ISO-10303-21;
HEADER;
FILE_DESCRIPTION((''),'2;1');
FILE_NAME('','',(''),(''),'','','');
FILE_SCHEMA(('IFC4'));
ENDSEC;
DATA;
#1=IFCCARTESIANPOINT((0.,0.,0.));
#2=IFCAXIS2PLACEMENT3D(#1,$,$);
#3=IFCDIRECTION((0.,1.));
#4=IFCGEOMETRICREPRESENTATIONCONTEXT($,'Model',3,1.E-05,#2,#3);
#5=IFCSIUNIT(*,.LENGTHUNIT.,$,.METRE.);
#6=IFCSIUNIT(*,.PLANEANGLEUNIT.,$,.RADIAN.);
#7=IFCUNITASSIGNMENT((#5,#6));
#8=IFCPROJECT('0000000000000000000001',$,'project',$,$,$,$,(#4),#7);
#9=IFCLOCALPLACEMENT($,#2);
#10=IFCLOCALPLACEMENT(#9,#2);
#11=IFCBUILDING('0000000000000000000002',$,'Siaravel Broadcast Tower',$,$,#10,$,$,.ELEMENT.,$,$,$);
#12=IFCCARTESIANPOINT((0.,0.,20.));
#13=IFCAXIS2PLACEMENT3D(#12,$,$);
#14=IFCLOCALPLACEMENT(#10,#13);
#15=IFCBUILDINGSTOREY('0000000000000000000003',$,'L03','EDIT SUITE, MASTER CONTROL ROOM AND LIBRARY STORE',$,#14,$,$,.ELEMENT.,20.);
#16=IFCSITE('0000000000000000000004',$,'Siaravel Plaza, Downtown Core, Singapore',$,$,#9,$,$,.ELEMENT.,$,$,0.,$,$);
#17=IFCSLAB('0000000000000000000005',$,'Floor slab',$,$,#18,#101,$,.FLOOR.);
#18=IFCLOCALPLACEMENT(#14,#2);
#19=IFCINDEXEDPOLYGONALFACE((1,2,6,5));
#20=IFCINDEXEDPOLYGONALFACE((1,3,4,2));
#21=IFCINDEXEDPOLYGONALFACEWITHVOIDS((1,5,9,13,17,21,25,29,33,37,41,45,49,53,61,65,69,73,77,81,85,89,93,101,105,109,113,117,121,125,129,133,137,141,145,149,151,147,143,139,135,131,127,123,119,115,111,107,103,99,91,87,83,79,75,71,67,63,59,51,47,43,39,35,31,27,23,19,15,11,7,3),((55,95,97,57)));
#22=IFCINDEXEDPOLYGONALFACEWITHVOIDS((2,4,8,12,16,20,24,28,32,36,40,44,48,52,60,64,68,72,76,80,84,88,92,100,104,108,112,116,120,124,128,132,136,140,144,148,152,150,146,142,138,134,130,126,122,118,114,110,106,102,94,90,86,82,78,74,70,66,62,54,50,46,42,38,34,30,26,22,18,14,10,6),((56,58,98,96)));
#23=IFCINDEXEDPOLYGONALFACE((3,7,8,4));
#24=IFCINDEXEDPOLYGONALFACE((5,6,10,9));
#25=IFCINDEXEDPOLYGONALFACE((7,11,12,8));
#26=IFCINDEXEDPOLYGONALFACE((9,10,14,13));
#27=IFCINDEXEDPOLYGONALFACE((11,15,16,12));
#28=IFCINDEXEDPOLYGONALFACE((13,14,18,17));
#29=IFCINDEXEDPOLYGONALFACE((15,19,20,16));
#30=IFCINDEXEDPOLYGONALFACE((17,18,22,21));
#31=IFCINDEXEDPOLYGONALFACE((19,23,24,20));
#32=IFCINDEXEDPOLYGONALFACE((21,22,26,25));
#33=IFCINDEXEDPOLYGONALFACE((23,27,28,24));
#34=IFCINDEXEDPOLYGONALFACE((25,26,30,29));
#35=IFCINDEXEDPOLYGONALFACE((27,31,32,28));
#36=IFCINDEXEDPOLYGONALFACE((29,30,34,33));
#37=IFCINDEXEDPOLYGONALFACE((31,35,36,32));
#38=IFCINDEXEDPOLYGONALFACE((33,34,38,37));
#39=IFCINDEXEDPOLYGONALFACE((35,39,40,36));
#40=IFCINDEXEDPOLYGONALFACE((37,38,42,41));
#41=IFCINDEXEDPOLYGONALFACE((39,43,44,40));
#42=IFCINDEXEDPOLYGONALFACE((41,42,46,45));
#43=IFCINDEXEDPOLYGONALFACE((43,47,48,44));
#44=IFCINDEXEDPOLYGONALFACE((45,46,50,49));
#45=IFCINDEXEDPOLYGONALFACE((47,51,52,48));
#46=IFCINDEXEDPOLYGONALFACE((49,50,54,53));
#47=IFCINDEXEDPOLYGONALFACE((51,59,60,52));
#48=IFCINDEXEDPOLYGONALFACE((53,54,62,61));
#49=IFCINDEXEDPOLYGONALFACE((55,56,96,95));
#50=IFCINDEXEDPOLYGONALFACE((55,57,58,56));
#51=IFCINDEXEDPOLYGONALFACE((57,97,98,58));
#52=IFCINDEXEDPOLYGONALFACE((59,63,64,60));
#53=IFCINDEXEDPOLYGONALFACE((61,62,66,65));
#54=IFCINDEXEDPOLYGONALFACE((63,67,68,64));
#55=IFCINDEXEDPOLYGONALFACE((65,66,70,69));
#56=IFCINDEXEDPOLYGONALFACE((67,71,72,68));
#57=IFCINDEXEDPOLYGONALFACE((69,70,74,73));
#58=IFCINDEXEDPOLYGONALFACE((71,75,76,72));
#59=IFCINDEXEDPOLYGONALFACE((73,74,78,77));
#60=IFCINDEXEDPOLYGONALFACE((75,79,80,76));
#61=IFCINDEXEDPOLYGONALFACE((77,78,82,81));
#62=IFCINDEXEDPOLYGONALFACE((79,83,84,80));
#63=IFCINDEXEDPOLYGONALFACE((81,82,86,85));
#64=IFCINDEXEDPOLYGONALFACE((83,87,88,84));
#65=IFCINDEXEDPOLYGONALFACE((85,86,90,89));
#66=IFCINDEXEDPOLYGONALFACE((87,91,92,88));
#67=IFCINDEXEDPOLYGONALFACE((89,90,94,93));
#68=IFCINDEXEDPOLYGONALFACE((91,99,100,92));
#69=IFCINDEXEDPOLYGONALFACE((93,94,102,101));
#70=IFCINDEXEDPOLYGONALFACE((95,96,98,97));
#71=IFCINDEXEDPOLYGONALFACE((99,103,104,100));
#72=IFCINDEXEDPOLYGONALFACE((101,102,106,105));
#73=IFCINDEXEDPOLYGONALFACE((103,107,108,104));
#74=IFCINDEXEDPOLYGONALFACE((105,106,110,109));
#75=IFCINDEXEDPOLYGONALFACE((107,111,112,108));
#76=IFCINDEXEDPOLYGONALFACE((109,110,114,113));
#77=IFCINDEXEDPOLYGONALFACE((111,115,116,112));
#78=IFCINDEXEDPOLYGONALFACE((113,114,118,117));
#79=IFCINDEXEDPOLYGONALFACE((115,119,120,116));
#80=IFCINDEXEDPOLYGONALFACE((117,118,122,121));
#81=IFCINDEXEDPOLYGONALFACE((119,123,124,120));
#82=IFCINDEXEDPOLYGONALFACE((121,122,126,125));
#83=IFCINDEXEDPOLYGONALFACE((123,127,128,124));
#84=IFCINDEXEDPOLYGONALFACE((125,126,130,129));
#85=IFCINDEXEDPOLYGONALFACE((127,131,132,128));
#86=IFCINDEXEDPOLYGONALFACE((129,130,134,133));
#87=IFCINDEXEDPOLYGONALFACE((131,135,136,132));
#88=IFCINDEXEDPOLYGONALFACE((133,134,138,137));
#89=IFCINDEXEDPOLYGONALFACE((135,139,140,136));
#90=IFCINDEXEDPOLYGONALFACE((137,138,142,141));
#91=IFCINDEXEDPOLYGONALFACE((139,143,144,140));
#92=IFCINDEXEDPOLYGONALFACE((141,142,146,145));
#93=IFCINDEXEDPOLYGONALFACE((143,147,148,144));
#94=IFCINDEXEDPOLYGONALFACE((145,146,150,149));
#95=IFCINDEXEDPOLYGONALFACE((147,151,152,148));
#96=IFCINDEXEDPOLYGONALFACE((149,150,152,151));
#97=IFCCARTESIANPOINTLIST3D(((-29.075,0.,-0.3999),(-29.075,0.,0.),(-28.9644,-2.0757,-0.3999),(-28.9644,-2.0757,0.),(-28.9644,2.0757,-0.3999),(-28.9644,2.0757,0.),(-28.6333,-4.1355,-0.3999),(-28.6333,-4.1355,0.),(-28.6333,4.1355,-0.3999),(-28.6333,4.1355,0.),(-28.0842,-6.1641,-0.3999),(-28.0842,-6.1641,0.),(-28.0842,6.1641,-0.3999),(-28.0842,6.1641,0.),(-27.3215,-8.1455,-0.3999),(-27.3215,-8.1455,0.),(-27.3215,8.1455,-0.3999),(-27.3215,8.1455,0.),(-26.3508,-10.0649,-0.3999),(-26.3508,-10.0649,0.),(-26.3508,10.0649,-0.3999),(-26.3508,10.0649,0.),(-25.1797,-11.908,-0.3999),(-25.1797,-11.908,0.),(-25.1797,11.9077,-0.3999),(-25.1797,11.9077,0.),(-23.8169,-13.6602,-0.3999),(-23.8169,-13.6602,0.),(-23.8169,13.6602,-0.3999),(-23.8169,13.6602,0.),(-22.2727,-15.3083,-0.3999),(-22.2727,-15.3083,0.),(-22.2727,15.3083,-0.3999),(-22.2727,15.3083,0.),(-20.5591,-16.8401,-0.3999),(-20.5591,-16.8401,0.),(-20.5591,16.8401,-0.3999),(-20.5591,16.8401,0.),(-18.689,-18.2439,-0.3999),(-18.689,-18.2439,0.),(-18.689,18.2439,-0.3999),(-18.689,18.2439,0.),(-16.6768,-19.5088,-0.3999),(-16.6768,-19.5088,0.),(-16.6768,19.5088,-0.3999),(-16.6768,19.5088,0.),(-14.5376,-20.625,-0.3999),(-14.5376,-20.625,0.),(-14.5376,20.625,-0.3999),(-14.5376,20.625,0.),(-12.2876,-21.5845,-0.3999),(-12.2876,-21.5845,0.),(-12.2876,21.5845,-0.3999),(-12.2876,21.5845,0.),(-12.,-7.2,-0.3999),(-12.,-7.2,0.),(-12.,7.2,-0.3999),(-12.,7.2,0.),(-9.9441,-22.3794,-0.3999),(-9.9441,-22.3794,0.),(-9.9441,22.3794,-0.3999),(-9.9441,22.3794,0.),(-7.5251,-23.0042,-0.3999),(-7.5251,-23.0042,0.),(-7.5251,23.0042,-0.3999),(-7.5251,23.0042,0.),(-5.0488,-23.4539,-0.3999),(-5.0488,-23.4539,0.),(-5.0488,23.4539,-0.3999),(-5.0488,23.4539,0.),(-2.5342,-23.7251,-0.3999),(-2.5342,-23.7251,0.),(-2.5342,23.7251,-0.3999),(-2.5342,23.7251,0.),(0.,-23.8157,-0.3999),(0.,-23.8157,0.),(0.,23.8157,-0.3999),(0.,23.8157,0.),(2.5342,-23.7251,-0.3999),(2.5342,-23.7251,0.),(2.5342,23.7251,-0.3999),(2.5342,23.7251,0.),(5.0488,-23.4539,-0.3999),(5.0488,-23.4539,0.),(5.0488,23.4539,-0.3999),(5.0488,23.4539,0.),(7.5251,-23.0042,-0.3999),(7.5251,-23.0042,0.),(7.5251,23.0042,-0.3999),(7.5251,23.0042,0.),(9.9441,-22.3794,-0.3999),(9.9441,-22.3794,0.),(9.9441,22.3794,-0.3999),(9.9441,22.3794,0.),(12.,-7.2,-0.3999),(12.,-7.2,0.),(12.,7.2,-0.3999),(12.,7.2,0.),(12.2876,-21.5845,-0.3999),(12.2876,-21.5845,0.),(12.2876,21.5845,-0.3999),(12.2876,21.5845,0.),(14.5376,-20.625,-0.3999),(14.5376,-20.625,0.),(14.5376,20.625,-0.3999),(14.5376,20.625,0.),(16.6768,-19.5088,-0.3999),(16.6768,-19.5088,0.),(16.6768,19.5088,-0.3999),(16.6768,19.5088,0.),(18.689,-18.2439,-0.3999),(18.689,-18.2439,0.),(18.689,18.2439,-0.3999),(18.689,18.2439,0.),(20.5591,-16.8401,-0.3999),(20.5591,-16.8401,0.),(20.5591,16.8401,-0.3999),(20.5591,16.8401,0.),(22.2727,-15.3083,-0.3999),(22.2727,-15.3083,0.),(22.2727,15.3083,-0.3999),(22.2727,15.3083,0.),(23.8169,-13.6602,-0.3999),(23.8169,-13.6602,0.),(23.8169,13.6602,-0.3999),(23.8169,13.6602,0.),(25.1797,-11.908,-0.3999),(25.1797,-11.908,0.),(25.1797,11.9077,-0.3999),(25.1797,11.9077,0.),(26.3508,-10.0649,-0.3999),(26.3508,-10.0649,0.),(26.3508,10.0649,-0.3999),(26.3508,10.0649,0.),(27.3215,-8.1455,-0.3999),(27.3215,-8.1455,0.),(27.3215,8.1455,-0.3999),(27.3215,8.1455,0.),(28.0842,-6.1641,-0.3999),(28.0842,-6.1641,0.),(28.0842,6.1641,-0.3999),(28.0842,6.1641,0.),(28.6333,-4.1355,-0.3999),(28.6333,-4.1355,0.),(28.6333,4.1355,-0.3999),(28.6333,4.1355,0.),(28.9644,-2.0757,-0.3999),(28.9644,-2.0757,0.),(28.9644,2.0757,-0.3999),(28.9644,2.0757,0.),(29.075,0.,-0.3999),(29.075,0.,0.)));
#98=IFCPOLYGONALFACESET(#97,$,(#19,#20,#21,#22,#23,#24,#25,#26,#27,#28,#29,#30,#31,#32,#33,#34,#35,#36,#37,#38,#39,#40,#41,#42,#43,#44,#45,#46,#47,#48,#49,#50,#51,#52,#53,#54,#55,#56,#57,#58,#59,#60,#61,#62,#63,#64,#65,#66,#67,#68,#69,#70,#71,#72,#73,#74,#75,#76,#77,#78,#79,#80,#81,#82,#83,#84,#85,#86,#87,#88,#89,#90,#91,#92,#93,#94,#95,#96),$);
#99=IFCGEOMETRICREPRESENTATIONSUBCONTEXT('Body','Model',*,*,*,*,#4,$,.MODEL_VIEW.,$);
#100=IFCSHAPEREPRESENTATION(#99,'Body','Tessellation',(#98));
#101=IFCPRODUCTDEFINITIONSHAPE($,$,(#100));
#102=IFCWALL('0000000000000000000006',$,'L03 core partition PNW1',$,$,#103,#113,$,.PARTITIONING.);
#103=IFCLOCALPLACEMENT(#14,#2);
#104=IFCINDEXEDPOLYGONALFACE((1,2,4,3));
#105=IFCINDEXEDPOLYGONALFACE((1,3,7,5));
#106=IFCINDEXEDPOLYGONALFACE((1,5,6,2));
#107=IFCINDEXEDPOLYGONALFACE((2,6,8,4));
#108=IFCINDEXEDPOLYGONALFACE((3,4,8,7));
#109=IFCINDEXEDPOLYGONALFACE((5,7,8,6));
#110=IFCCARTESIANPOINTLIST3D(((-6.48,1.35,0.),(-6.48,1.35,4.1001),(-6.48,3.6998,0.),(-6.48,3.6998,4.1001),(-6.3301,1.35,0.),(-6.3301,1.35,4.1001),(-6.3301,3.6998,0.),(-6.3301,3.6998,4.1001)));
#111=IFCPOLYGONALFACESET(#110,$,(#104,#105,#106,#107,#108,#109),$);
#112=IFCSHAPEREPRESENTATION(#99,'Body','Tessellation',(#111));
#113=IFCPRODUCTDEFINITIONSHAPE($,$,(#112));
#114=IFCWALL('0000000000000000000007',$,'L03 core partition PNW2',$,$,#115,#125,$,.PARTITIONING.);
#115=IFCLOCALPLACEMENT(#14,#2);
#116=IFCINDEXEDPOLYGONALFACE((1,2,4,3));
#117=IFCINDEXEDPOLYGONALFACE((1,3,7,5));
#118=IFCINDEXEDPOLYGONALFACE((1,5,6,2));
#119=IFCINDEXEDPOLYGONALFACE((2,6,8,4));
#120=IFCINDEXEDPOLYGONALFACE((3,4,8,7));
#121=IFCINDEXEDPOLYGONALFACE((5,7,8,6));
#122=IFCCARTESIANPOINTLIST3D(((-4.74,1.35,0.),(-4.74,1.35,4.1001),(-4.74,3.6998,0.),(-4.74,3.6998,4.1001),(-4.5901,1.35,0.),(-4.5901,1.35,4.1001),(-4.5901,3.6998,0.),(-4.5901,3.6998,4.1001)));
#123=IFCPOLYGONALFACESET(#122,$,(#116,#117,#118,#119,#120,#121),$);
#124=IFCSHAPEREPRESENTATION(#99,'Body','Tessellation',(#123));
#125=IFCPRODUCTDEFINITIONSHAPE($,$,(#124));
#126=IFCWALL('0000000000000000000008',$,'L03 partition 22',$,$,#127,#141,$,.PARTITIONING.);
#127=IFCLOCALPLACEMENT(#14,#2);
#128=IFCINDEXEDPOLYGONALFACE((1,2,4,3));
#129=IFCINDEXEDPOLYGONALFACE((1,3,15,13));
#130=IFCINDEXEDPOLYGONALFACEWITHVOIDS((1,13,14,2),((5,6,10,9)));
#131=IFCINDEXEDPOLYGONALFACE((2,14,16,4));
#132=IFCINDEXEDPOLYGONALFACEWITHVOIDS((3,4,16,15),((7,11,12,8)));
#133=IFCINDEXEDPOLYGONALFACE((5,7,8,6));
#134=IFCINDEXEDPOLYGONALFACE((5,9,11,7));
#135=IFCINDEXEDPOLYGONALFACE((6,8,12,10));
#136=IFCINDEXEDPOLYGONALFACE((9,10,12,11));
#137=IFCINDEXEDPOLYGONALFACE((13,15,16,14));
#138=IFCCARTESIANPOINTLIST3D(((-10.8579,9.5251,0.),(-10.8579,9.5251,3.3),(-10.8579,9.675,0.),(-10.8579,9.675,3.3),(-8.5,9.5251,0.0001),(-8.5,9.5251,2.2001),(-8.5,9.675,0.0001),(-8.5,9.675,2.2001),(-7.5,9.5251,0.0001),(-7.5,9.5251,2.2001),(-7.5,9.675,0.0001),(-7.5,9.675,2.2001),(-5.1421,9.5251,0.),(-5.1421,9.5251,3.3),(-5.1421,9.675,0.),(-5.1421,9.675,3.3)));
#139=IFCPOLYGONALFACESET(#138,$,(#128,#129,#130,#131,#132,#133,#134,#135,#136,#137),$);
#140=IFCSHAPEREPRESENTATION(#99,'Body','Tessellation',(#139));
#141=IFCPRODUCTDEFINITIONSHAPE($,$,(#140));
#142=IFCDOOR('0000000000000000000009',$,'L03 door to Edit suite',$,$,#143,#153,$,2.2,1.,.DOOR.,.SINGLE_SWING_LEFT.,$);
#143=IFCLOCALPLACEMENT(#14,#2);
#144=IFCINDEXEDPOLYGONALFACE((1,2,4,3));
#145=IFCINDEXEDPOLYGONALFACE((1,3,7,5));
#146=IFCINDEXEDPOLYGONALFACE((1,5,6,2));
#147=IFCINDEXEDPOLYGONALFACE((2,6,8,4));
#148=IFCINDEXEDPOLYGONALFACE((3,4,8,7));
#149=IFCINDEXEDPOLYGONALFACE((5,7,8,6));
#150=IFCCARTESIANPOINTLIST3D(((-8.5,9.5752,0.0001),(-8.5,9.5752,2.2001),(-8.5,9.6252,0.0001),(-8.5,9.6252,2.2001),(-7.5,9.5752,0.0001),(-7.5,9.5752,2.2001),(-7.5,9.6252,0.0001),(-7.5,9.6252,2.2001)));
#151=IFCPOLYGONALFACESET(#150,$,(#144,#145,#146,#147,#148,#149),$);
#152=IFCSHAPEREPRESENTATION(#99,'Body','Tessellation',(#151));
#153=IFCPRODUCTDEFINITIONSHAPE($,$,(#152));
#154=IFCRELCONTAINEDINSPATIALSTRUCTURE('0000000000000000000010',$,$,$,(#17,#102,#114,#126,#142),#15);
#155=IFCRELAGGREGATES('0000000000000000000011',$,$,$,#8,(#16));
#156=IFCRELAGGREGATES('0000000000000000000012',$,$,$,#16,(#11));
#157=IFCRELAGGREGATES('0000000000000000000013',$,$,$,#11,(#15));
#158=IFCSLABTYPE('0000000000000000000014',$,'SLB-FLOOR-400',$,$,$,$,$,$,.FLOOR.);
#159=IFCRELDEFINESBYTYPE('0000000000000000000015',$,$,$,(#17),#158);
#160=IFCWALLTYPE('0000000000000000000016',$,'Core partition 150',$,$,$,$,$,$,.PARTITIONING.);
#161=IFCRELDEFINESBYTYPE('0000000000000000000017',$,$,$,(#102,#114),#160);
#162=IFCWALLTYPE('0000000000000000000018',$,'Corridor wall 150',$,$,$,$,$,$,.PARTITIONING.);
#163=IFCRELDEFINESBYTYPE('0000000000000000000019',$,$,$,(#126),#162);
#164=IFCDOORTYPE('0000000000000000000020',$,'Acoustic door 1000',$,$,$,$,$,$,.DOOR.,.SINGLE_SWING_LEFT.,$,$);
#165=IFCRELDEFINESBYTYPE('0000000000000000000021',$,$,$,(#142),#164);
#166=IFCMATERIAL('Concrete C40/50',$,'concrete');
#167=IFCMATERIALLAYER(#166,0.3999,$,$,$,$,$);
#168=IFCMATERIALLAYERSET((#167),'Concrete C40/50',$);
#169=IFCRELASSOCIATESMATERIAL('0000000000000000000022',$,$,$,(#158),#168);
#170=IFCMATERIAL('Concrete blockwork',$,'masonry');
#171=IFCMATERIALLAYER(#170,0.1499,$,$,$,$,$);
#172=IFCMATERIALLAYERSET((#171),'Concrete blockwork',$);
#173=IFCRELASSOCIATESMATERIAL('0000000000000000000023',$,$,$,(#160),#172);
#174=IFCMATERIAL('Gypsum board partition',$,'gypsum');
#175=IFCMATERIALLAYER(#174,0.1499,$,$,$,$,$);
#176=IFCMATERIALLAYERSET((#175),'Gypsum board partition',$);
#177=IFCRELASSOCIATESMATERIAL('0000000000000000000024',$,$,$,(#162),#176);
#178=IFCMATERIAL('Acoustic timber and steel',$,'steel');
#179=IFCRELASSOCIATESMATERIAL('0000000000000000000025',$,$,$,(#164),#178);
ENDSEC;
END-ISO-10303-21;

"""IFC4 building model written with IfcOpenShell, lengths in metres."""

from ifc_helpers import new_model, si_unit, direction, frame, frame_2d, origin, place, context, subcontext, project, spatial, polyline, rectangle, outline, extrude, material, layer, layer_set, type_object, element, fill, save


model = new_model("IFC4")

# Units and contexts
model_context = context("Model", 3, precision=1e-05, world=origin(), true_north=direction((0.0, 1.0)))
body_context = subcontext(model_context, "Body", "Model", "MODEL_VIEW")
ifc_project = project(units=[si_unit("LENGTHUNIT", "METRE"), si_unit("PLANEANGLEUNIT", "RADIAN")], contexts=[model_context])

# Site, building, storey
site_placement = place(None, origin())
site = spatial("IfcSite", under=ifc_project, at=site_placement, Name="Siaravel Plaza, Downtown Core, Singapore", CompositionType="ELEMENT", RefElevation=0.0)
building_placement = place(site_placement, origin())
building = spatial("IfcBuilding", under=site, at=building_placement, Name="Siaravel Broadcast Tower", CompositionType="ELEMENT")
storey_placement = place(building_placement, frame((0.0, 0.0, 20.0)))
storey = spatial("IfcBuildingStorey", under=building, at=storey_placement, Name="L03", Description="EDIT SUITE, MASTER CONTROL ROOM AND LIBRARY STORE", CompositionType="ELEMENT", Elevation=20.0)

# Slab
ifc_material_1 = material(Name="Concrete C40/50", Category="concrete")
ifc_layer_1 = layer(ifc_material_1, 0.3999)
ifc_layer_set_1 = layer_set([ifc_layer_1], Name="Concrete C40/50")
slab_type = type_object("IfcSlabType", Name="SLB-FLOOR-400", PredefinedType="FLOOR", material=ifc_layer_set_1)
slab_placement = place(storey_placement, frame((0.0, 0.0, -0.3999)))
element("IfcSlab", 1, at=slab_placement, inside=storey, type_object=slab_type, Name="Floor slab", PredefinedType="FLOOR", context=body_context, shape_type="SweptSolid", body=[
    extrude(outline(polyline([(29.075, 0.0), (28.9644, 2.0757), (28.6333, 4.1355), (28.0842, 6.1641), (27.3215, 8.1455), (26.3508, 10.0649), (25.1797, 11.9077), (23.8169, 13.6602), (22.2727, 15.3083), (20.5591, 16.8401), (18.689, 18.2439), (16.6768, 19.5088), (14.5376, 20.625), (12.2876, 21.5845), (9.9441, 22.3794), (7.5251, 23.0042), (5.0488, 23.4539), (2.5342, 23.7251), (0.0, 23.8157), (-2.5342, 23.7251), (-5.0488, 23.4539), (-7.5251, 23.0042), (-9.9441, 22.3794), (-12.2876, 21.5845), (-14.5376, 20.625), (-16.6768, 19.5088), (-18.689, 18.2439), (-20.5591, 16.8401), (-22.2727, 15.3083), (-23.8169, 13.6602), (-25.1797, 11.9077), (-26.3508, 10.0649), (-27.3215, 8.1455), (-28.0842, 6.1641), (-28.6333, 4.1355), (-28.9644, 2.0757), (-29.075, 0.0), (-28.9644, -2.0757), (-28.6333, -4.1355), (-28.0842, -6.1641), (-27.3215, -8.1455), (-26.3508, -10.0649), (-25.1797, -11.908), (-23.8169, -13.6602), (-22.2727, -15.3083), (-20.5591, -16.8401), (-18.689, -18.2439), (-16.6768, -19.5088), (-14.5376, -20.625), (-12.2876, -21.5845), (-9.9441, -22.3794), (-7.5251, -23.0042), (-5.0488, -23.4539), (-2.5342, -23.7251), (0.0, -23.8157), (2.5342, -23.7251), (5.0488, -23.4539), (7.5251, -23.0042), (9.9441, -22.3794), (12.2876, -21.5845), (14.5376, -20.625), (16.6768, -19.5088), (18.689, -18.2439), (20.5591, -16.8401), (22.2727, -15.3083), (23.8169, -13.6602), (25.1797, -11.908), (26.3508, -10.0649), (27.3215, -8.1455), (28.0842, -6.1641), (28.6333, -4.1355), (28.9644, -2.0757), (29.075, 0.0)]), holes=[polyline([(-12.0, 7.2), (12.0, 7.2), (12.0, -7.2), (-12.0, -7.2), (-12.0, 7.2)])]), origin(), (0.0, 0.0, 1.0), 0.3999),
])

# Walls
ifc_material_2 = material(Name="Concrete blockwork", Category="masonry")
ifc_layer_2 = layer(ifc_material_2, 0.1499)
ifc_layer_set_2 = layer_set([ifc_layer_2], Name="Concrete blockwork")
wall_type_1 = type_object("IfcWallType", Name="Core partition 150", PredefinedType="PARTITIONING", material=ifc_layer_set_2)
for number, where, z_axis, x_axis, name in (
    (2, (-6.405, 1.3501, 0.0), (0.0, 0.0, 1.0), (0.0, 1.0, 0.0), "L03 core partition PNW1"),
    (3, (-4.665, 1.3501, 0.0), (0.0, 0.0, 1.0), (0.0, 1.0, 0.0), "L03 core partition PNW2"),
):
    element("IfcWall", number, at=place(storey_placement, frame(where, z_axis=z_axis, x_axis=x_axis)), inside=storey, type_object=wall_type_1, Name=name, PredefinedType="PARTITIONING", context=body_context, shape_type="SweptSolid", body=[
        extrude(rectangle(XDim=2.3499, YDim=0.1499, at=frame_2d((1.1748, 0.0))), origin(), (0.0, 0.0, 1.0), 4.1001),
    ])

# Wall, opening, door
ifc_material_3 = material(Name="Gypsum board partition", Category="gypsum")
ifc_layer_3 = layer(ifc_material_3, 0.1499)
ifc_layer_set_3 = layer_set([ifc_layer_3], Name="Gypsum board partition")
wall_type_2 = type_object("IfcWallType", Name="Corridor wall 150", PredefinedType="PARTITIONING", material=ifc_layer_set_3)
wall_1_placement = place(storey_placement, frame((-5.1421, 9.6001, 0.0), z_axis=(0.0, 0.0, 1.0), x_axis=(-1.0, 0.0, 0.0)))
wall_1 = element("IfcWall", 4, at=wall_1_placement, inside=storey, type_object=wall_type_2, Name="L03 partition 22", PredefinedType="PARTITIONING", context=body_context, shape_type="SweptSolid", body=[
    extrude(rectangle(XDim=5.7158, YDim=0.1499, at=frame_2d((2.8579, 0.0))), origin(), (0.0, 0.0, 1.0), 3.3),
])
opening_1_placement = place(wall_1_placement, frame((2.3579, 0.0, 0.0)))
opening_1 = element("IfcOpeningElement", 5, at=opening_1_placement, cuts=wall_1, PredefinedType="OPENING", context=body_context, shape_type="SweptSolid", body=[
    extrude(rectangle(XDim=1.0, YDim=2.2, at=frame_2d((0.5, 1.1001))), frame((0.0, 0.085, 0.0), z_axis=(0.0, -1.0, 0.0), x_axis=(1.0, 0.0, 0.0)), (0.0, 0.0, 1.0), 0.1699),
])
ifc_material_4 = material(Name="Acoustic timber and steel", Category="steel")
door_type_1 = type_object("IfcDoorType", Name="Acoustic door 1000", OperationType="SINGLE_SWING_LEFT", PredefinedType="DOOR", material=ifc_material_4)
door_1_placement = place(opening_1_placement, origin())
door_1 = element("IfcDoor", 6, at=door_1_placement, inside=storey, type_object=door_type_1, Name="L03 door to Edit suite", OperationType="SINGLE_SWING_LEFT", OverallHeight=2.2, OverallWidth=1.0, PredefinedType="DOOR", context=body_context, shape_type="SweptSolid", body=[
    extrude(rectangle(XDim=1.0, YDim=2.2, at=frame_2d((0.5, 1.1001))), frame((0.0, 0.0249, 0.0), z_axis=(0.0, -1.0, 0.0), x_axis=(1.0, 0.0, 0.0)), (0.0, 0.0, 1.0), 0.05),
])
fill(opening_1, door_1)

save(model, "model.ifc")
